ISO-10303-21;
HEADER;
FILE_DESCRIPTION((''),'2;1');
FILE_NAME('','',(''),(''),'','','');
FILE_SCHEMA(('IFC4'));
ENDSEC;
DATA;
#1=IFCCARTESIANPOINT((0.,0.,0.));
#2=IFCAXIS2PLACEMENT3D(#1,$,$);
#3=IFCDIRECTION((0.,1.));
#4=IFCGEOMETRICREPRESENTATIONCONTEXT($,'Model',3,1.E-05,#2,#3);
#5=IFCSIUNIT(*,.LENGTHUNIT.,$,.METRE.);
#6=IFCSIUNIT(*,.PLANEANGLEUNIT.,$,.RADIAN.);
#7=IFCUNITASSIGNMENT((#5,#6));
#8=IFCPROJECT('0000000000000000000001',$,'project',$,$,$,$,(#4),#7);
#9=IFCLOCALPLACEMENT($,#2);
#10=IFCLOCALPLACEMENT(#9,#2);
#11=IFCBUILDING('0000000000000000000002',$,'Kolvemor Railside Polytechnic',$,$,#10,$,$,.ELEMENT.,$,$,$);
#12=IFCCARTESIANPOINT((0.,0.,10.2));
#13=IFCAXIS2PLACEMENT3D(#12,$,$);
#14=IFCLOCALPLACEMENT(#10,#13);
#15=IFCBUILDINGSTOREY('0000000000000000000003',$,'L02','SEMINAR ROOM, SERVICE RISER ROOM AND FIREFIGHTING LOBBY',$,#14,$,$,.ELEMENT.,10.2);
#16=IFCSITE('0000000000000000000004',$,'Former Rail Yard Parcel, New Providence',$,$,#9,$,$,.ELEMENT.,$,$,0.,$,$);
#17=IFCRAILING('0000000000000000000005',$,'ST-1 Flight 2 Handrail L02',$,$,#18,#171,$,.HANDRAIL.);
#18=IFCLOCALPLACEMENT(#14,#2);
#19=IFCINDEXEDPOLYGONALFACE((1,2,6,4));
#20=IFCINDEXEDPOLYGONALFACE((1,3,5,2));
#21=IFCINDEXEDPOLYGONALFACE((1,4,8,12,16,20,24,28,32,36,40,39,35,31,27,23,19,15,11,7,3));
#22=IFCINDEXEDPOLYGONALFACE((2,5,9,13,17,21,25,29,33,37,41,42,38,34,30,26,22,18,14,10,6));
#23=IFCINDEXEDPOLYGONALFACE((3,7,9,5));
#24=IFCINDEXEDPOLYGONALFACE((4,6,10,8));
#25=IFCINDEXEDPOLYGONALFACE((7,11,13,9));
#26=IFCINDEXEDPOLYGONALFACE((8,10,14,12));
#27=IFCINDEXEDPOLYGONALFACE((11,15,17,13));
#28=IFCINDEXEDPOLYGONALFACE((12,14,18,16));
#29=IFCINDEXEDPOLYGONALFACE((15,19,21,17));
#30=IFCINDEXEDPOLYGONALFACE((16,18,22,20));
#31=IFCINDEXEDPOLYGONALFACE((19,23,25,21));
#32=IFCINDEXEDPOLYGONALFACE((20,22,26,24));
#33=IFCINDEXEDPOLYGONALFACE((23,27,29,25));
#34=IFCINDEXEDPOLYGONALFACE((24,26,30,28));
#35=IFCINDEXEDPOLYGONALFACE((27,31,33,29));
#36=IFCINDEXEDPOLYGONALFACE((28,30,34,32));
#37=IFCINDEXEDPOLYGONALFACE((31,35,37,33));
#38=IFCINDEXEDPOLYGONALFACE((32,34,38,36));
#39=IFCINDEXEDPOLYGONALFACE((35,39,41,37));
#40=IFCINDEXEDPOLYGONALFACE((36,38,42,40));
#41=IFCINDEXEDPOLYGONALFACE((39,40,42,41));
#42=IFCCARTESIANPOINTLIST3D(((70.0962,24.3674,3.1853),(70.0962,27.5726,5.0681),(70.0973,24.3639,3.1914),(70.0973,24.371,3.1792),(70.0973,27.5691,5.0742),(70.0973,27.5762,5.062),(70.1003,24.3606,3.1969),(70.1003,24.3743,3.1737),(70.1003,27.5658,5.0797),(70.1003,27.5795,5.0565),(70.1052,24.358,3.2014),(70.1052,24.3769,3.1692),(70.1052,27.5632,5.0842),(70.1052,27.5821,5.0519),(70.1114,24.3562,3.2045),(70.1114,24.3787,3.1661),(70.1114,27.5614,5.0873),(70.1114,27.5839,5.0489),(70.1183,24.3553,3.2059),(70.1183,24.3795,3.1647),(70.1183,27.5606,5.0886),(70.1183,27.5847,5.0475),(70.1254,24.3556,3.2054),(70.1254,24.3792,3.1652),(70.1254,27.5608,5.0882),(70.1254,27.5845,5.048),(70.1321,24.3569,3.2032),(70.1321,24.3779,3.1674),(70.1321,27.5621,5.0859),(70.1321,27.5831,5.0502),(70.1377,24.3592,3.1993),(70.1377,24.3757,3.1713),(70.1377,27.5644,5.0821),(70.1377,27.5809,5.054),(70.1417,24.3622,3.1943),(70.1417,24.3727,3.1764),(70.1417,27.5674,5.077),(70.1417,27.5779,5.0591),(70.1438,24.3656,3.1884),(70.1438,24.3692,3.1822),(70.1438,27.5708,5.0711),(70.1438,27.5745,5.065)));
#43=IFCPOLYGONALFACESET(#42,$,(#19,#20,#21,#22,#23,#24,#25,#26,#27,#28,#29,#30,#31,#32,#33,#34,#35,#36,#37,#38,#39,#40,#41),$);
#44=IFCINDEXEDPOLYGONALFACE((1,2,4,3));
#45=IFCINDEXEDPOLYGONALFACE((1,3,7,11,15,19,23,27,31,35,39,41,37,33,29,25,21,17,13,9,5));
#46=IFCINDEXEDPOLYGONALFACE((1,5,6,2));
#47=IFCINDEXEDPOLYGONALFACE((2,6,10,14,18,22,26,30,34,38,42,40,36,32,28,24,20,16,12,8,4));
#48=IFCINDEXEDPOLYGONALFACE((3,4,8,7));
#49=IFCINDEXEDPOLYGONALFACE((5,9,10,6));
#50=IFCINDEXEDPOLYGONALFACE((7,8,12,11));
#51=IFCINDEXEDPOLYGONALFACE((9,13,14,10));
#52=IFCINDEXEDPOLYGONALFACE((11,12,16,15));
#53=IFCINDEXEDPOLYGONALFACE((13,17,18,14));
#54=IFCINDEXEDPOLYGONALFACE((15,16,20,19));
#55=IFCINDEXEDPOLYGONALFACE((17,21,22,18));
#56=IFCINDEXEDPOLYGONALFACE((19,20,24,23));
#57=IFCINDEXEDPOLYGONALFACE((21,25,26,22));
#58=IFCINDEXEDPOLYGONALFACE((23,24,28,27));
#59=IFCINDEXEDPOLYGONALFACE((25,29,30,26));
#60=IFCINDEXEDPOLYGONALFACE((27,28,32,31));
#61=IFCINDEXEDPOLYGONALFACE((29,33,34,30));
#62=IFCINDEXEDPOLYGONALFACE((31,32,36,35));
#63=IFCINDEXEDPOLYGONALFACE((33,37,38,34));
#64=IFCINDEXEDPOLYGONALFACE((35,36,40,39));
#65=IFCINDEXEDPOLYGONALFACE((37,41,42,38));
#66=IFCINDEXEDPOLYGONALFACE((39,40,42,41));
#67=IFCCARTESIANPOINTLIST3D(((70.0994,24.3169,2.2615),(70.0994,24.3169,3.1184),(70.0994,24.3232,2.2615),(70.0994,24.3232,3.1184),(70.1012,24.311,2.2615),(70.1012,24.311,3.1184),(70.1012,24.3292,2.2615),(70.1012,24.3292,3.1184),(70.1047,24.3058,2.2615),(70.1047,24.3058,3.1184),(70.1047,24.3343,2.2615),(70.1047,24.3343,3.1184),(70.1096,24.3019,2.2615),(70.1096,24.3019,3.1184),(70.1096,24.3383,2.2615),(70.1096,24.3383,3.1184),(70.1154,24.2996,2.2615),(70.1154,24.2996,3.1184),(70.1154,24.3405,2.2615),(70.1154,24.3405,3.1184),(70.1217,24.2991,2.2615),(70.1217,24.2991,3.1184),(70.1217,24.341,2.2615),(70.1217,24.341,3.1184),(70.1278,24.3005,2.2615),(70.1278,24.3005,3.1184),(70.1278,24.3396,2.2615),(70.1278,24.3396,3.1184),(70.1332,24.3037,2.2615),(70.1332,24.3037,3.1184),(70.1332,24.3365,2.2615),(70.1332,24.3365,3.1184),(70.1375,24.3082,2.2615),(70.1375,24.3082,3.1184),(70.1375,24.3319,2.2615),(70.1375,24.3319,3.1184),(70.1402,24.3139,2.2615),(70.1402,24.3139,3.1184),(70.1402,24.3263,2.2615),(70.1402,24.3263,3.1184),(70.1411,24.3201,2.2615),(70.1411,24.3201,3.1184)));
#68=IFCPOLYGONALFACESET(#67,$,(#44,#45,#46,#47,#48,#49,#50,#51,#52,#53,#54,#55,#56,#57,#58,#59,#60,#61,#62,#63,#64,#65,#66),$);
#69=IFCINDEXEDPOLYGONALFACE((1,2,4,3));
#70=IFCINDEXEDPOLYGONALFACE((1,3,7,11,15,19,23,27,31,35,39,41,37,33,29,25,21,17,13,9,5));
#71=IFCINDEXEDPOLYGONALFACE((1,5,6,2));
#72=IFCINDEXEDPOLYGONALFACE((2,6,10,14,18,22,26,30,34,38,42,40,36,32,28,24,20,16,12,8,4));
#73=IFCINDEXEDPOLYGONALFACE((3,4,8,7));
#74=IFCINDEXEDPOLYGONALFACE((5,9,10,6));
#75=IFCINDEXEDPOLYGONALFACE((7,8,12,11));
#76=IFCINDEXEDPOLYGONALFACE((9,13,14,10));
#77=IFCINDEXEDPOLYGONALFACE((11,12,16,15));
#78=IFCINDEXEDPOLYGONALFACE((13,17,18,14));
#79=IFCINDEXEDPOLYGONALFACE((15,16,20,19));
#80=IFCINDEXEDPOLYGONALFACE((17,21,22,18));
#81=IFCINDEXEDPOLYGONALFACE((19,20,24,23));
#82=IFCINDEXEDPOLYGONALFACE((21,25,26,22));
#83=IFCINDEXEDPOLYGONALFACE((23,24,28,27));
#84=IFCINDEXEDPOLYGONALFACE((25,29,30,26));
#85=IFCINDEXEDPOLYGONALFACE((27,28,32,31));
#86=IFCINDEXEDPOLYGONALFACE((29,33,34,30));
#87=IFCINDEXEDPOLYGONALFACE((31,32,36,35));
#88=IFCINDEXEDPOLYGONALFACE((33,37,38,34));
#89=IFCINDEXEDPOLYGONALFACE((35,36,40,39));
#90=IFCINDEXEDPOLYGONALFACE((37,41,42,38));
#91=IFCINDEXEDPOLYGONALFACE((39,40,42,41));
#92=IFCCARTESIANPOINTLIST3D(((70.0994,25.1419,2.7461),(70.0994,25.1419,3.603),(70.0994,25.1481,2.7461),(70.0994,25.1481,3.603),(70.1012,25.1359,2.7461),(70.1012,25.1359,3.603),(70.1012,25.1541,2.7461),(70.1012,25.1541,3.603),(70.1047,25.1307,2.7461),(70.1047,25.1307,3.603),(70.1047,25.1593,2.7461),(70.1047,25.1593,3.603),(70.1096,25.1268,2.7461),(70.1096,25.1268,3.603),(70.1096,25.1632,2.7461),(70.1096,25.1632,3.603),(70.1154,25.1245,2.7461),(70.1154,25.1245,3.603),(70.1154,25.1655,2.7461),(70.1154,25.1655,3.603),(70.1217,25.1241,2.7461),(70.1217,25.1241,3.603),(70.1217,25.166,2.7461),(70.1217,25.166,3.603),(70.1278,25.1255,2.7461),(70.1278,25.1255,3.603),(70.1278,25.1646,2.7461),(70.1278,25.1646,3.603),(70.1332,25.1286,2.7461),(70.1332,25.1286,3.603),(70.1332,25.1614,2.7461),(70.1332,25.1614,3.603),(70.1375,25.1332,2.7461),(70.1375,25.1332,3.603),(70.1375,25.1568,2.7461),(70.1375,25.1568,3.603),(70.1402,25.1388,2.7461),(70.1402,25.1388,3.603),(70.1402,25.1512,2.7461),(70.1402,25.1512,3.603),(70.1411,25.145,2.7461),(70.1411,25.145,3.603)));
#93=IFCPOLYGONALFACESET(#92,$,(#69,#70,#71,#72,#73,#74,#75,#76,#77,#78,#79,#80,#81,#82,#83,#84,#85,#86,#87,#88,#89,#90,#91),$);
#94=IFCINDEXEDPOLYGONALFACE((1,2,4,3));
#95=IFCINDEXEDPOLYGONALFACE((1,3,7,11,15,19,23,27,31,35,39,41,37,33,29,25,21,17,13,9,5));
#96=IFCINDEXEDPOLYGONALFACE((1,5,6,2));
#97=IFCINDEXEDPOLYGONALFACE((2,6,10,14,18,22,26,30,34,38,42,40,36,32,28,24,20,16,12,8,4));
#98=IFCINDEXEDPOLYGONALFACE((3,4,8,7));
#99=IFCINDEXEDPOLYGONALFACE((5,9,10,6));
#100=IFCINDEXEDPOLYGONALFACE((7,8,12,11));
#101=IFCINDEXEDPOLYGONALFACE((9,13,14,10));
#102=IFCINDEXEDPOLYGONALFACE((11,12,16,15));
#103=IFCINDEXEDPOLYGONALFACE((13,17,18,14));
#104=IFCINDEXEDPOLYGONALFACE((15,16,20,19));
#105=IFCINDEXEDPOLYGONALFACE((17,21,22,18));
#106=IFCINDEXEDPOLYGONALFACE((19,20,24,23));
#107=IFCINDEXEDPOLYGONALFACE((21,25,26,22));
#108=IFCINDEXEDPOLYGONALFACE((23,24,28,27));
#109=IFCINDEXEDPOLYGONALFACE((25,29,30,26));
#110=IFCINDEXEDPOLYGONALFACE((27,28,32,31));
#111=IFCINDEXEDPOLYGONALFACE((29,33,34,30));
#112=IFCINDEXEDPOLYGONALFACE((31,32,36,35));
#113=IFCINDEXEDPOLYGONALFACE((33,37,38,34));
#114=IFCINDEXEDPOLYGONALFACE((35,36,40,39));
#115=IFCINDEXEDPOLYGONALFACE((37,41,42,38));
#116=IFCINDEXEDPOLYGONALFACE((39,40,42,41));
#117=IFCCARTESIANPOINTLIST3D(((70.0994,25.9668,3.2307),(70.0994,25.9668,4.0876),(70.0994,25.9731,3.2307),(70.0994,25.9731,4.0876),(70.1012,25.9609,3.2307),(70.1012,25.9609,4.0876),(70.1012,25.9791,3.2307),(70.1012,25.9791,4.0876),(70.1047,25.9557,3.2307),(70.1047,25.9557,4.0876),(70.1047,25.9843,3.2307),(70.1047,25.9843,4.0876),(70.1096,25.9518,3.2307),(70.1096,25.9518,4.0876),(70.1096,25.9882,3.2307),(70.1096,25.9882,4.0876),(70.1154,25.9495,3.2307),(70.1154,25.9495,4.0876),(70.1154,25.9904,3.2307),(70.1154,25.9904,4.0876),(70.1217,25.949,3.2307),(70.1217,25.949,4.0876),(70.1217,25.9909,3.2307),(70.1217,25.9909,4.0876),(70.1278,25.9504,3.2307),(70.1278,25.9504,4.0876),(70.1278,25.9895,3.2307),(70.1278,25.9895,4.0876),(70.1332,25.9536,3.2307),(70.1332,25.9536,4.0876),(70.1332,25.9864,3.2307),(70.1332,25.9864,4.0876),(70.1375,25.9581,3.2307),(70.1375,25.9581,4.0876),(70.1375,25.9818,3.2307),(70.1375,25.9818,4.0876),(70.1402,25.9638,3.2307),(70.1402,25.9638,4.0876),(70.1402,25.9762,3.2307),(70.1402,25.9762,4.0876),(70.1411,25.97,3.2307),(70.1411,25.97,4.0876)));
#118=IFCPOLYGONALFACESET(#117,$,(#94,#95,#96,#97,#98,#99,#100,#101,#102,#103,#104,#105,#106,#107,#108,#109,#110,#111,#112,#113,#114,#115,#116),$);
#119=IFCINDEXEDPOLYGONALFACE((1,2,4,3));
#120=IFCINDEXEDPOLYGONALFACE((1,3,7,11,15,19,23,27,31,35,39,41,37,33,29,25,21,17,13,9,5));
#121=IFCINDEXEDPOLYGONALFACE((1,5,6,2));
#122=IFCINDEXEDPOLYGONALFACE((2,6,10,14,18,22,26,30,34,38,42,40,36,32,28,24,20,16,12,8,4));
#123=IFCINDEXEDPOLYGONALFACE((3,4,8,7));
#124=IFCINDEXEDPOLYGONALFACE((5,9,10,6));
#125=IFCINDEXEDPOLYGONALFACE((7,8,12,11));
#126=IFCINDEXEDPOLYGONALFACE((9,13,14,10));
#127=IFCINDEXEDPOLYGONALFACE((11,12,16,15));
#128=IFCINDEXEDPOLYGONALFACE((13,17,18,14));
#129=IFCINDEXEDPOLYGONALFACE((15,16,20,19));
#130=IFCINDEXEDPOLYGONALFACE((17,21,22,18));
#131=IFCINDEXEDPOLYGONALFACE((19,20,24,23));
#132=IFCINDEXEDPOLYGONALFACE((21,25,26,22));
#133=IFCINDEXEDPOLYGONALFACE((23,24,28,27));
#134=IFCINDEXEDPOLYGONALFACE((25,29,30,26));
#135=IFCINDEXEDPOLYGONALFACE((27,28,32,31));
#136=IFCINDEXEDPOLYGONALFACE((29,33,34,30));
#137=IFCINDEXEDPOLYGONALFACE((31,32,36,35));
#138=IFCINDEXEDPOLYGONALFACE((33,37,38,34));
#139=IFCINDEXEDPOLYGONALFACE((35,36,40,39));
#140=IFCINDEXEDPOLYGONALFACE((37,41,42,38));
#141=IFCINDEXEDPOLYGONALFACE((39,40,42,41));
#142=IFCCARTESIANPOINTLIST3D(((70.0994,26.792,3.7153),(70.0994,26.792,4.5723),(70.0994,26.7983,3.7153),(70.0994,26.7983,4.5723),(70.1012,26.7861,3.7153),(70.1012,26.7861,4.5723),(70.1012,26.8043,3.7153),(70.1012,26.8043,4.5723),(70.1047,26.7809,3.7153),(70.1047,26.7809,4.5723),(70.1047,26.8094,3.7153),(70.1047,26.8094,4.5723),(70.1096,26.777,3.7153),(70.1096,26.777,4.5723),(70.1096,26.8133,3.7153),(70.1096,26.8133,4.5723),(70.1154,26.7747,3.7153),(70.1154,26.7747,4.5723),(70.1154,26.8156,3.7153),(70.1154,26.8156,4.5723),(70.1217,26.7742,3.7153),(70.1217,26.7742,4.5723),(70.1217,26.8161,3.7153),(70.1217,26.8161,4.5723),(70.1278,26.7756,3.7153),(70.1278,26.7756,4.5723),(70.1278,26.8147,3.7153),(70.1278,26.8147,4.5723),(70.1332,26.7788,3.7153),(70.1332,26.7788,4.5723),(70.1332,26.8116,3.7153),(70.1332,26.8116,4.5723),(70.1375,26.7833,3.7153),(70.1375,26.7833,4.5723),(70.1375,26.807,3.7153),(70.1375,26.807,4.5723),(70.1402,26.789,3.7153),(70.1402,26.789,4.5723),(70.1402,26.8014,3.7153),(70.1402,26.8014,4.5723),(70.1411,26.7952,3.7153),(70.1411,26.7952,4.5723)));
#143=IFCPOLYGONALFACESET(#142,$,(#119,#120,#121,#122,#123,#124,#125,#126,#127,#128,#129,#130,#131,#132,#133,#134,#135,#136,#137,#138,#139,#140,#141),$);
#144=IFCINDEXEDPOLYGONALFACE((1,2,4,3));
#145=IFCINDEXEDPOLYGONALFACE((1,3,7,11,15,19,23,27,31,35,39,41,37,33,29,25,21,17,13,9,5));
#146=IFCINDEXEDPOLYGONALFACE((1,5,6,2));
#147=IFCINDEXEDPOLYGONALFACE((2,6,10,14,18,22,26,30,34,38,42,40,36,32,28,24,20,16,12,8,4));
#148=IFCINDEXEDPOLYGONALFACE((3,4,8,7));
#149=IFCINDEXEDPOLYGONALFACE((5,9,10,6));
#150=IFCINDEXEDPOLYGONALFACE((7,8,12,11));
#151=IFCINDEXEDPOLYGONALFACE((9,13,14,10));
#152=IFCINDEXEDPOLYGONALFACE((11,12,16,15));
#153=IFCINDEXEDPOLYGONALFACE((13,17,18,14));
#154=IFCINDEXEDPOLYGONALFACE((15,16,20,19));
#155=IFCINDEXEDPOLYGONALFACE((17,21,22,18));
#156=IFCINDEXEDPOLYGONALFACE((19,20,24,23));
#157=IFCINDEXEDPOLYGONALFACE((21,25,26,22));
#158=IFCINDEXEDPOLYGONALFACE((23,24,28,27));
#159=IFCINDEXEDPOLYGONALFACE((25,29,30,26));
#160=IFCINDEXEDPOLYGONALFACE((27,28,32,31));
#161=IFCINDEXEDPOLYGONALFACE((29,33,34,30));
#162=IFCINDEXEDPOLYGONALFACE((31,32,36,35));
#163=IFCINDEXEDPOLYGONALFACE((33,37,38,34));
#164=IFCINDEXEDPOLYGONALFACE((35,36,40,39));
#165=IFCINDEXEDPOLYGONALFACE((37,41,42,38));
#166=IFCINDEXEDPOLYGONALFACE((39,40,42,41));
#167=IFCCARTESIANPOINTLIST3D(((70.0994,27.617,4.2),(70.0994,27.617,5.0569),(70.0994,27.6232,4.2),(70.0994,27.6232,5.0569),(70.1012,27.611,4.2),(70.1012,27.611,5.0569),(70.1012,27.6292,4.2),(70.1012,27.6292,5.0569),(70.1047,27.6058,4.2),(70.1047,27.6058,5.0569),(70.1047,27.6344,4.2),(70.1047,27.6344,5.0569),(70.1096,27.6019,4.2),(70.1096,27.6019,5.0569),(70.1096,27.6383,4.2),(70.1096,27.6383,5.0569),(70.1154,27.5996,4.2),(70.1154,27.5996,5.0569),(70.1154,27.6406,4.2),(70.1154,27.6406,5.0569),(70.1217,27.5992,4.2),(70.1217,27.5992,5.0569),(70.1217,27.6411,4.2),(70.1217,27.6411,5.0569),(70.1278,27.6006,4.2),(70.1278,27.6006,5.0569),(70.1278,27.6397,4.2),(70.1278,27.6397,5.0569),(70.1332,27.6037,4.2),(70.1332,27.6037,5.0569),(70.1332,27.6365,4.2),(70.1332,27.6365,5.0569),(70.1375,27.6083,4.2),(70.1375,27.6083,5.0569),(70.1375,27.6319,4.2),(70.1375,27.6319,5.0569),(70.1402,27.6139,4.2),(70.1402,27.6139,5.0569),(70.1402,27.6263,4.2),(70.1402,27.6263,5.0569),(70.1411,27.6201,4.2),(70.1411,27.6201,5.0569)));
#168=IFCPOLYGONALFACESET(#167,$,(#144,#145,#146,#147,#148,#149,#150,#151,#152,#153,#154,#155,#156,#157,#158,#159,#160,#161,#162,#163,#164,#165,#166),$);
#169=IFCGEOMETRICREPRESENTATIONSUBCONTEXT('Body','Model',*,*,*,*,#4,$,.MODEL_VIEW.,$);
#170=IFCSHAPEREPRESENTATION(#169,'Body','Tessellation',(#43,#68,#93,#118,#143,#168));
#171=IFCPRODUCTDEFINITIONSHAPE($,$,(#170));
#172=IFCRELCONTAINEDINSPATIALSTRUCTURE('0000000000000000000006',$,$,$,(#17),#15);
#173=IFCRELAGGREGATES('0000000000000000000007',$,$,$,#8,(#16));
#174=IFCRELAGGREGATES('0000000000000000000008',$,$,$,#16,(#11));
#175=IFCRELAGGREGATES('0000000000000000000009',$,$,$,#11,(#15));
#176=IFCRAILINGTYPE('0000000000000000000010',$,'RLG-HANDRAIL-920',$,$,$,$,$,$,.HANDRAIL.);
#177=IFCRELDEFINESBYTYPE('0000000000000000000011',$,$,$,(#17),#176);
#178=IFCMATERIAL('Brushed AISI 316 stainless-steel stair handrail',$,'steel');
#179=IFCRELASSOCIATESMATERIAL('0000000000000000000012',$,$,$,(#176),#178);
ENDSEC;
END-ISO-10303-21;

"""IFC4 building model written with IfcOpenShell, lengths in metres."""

from ifc_helpers import new_model, si_unit, direction, frame, origin, origin_2d, place, context, subcontext, project, spatial, circle, extrude, material, type_object, element, save


model = new_model("IFC4")

# Units and contexts
model_context = context("Model", 3, precision=1e-05, world=origin(), true_north=direction((0.0, 1.0)))
body_context = subcontext(model_context, "Body", "Model", "MODEL_VIEW")
ifc_project = project(units=[si_unit("LENGTHUNIT", "METRE"), si_unit("PLANEANGLEUNIT", "RADIAN")], contexts=[model_context])

# Site, building, storey
site_placement = place(None, origin())
site = spatial("IfcSite", under=ifc_project, at=site_placement, Name="Former Rail Yard Parcel, New Providence", CompositionType="ELEMENT", RefElevation=0.0)
building_placement = place(site_placement, origin())
building = spatial("IfcBuilding", under=site, at=building_placement, Name="Kolvemor Railside Polytechnic", CompositionType="ELEMENT")
storey_placement = place(building_placement, frame((0.0, 0.0, 10.2)))
storey = spatial("IfcBuildingStorey", under=building, at=storey_placement, Name="L02", Description="SEMINAR ROOM, SERVICE RISER ROOM AND FIREFIGHTING LOBBY", CompositionType="ELEMENT", Elevation=10.2)

# Railing
ifc_material_1 = material(Name="Brushed AISI 316 stainless-steel stair handrail", Category="steel")
railing_type_1 = type_object("IfcRailingType", Name="RLG-HANDRAIL-920", PredefinedType="HANDRAIL", material=ifc_material_1)
railing_1_placement = place(storey_placement, frame((70.1201, 24.3201, 2.2615)))
element("IfcRailing", 1, at=railing_1_placement, inside=storey, type_object=railing_type_1, Name="ST-1 Flight 2 Handrail L02", PredefinedType="HANDRAIL", context=body_context, shape_type="SweptSolid", body=[
    extrude(circle(Radius=0.0239, at=origin_2d()), frame((0.0, 0.0474, 0.9238), z_axis=(0.0, 0.862246, 0.50649), x_axis=(-1.0, 0.0, 0.0)), (0.0, 0.0, 1.0), 3.7173),
    extrude(circle(Radius=0.021, at=origin_2d()), origin(), (0.0, 0.0, 1.0), 0.8569),
    extrude(circle(Radius=0.021, at=origin_2d()), frame((0.0, 0.825, 0.4846)), (0.0, 0.0, 1.0), 0.8569),
    extrude(circle(Radius=0.021, at=origin_2d()), frame((0.0, 1.6499, 0.9692)), (0.0, 0.0, 1.0), 0.8569),
    extrude(circle(Radius=0.021, at=origin_2d()), frame((0.0, 2.4751, 1.4539)), (0.0, 0.0, 1.0), 0.8569),
    extrude(circle(Radius=0.021, at=origin_2d()), frame((0.0, 3.3, 1.9385)), (0.0, 0.0, 1.0), 0.8569),
])

save(model, "model.ifc")
